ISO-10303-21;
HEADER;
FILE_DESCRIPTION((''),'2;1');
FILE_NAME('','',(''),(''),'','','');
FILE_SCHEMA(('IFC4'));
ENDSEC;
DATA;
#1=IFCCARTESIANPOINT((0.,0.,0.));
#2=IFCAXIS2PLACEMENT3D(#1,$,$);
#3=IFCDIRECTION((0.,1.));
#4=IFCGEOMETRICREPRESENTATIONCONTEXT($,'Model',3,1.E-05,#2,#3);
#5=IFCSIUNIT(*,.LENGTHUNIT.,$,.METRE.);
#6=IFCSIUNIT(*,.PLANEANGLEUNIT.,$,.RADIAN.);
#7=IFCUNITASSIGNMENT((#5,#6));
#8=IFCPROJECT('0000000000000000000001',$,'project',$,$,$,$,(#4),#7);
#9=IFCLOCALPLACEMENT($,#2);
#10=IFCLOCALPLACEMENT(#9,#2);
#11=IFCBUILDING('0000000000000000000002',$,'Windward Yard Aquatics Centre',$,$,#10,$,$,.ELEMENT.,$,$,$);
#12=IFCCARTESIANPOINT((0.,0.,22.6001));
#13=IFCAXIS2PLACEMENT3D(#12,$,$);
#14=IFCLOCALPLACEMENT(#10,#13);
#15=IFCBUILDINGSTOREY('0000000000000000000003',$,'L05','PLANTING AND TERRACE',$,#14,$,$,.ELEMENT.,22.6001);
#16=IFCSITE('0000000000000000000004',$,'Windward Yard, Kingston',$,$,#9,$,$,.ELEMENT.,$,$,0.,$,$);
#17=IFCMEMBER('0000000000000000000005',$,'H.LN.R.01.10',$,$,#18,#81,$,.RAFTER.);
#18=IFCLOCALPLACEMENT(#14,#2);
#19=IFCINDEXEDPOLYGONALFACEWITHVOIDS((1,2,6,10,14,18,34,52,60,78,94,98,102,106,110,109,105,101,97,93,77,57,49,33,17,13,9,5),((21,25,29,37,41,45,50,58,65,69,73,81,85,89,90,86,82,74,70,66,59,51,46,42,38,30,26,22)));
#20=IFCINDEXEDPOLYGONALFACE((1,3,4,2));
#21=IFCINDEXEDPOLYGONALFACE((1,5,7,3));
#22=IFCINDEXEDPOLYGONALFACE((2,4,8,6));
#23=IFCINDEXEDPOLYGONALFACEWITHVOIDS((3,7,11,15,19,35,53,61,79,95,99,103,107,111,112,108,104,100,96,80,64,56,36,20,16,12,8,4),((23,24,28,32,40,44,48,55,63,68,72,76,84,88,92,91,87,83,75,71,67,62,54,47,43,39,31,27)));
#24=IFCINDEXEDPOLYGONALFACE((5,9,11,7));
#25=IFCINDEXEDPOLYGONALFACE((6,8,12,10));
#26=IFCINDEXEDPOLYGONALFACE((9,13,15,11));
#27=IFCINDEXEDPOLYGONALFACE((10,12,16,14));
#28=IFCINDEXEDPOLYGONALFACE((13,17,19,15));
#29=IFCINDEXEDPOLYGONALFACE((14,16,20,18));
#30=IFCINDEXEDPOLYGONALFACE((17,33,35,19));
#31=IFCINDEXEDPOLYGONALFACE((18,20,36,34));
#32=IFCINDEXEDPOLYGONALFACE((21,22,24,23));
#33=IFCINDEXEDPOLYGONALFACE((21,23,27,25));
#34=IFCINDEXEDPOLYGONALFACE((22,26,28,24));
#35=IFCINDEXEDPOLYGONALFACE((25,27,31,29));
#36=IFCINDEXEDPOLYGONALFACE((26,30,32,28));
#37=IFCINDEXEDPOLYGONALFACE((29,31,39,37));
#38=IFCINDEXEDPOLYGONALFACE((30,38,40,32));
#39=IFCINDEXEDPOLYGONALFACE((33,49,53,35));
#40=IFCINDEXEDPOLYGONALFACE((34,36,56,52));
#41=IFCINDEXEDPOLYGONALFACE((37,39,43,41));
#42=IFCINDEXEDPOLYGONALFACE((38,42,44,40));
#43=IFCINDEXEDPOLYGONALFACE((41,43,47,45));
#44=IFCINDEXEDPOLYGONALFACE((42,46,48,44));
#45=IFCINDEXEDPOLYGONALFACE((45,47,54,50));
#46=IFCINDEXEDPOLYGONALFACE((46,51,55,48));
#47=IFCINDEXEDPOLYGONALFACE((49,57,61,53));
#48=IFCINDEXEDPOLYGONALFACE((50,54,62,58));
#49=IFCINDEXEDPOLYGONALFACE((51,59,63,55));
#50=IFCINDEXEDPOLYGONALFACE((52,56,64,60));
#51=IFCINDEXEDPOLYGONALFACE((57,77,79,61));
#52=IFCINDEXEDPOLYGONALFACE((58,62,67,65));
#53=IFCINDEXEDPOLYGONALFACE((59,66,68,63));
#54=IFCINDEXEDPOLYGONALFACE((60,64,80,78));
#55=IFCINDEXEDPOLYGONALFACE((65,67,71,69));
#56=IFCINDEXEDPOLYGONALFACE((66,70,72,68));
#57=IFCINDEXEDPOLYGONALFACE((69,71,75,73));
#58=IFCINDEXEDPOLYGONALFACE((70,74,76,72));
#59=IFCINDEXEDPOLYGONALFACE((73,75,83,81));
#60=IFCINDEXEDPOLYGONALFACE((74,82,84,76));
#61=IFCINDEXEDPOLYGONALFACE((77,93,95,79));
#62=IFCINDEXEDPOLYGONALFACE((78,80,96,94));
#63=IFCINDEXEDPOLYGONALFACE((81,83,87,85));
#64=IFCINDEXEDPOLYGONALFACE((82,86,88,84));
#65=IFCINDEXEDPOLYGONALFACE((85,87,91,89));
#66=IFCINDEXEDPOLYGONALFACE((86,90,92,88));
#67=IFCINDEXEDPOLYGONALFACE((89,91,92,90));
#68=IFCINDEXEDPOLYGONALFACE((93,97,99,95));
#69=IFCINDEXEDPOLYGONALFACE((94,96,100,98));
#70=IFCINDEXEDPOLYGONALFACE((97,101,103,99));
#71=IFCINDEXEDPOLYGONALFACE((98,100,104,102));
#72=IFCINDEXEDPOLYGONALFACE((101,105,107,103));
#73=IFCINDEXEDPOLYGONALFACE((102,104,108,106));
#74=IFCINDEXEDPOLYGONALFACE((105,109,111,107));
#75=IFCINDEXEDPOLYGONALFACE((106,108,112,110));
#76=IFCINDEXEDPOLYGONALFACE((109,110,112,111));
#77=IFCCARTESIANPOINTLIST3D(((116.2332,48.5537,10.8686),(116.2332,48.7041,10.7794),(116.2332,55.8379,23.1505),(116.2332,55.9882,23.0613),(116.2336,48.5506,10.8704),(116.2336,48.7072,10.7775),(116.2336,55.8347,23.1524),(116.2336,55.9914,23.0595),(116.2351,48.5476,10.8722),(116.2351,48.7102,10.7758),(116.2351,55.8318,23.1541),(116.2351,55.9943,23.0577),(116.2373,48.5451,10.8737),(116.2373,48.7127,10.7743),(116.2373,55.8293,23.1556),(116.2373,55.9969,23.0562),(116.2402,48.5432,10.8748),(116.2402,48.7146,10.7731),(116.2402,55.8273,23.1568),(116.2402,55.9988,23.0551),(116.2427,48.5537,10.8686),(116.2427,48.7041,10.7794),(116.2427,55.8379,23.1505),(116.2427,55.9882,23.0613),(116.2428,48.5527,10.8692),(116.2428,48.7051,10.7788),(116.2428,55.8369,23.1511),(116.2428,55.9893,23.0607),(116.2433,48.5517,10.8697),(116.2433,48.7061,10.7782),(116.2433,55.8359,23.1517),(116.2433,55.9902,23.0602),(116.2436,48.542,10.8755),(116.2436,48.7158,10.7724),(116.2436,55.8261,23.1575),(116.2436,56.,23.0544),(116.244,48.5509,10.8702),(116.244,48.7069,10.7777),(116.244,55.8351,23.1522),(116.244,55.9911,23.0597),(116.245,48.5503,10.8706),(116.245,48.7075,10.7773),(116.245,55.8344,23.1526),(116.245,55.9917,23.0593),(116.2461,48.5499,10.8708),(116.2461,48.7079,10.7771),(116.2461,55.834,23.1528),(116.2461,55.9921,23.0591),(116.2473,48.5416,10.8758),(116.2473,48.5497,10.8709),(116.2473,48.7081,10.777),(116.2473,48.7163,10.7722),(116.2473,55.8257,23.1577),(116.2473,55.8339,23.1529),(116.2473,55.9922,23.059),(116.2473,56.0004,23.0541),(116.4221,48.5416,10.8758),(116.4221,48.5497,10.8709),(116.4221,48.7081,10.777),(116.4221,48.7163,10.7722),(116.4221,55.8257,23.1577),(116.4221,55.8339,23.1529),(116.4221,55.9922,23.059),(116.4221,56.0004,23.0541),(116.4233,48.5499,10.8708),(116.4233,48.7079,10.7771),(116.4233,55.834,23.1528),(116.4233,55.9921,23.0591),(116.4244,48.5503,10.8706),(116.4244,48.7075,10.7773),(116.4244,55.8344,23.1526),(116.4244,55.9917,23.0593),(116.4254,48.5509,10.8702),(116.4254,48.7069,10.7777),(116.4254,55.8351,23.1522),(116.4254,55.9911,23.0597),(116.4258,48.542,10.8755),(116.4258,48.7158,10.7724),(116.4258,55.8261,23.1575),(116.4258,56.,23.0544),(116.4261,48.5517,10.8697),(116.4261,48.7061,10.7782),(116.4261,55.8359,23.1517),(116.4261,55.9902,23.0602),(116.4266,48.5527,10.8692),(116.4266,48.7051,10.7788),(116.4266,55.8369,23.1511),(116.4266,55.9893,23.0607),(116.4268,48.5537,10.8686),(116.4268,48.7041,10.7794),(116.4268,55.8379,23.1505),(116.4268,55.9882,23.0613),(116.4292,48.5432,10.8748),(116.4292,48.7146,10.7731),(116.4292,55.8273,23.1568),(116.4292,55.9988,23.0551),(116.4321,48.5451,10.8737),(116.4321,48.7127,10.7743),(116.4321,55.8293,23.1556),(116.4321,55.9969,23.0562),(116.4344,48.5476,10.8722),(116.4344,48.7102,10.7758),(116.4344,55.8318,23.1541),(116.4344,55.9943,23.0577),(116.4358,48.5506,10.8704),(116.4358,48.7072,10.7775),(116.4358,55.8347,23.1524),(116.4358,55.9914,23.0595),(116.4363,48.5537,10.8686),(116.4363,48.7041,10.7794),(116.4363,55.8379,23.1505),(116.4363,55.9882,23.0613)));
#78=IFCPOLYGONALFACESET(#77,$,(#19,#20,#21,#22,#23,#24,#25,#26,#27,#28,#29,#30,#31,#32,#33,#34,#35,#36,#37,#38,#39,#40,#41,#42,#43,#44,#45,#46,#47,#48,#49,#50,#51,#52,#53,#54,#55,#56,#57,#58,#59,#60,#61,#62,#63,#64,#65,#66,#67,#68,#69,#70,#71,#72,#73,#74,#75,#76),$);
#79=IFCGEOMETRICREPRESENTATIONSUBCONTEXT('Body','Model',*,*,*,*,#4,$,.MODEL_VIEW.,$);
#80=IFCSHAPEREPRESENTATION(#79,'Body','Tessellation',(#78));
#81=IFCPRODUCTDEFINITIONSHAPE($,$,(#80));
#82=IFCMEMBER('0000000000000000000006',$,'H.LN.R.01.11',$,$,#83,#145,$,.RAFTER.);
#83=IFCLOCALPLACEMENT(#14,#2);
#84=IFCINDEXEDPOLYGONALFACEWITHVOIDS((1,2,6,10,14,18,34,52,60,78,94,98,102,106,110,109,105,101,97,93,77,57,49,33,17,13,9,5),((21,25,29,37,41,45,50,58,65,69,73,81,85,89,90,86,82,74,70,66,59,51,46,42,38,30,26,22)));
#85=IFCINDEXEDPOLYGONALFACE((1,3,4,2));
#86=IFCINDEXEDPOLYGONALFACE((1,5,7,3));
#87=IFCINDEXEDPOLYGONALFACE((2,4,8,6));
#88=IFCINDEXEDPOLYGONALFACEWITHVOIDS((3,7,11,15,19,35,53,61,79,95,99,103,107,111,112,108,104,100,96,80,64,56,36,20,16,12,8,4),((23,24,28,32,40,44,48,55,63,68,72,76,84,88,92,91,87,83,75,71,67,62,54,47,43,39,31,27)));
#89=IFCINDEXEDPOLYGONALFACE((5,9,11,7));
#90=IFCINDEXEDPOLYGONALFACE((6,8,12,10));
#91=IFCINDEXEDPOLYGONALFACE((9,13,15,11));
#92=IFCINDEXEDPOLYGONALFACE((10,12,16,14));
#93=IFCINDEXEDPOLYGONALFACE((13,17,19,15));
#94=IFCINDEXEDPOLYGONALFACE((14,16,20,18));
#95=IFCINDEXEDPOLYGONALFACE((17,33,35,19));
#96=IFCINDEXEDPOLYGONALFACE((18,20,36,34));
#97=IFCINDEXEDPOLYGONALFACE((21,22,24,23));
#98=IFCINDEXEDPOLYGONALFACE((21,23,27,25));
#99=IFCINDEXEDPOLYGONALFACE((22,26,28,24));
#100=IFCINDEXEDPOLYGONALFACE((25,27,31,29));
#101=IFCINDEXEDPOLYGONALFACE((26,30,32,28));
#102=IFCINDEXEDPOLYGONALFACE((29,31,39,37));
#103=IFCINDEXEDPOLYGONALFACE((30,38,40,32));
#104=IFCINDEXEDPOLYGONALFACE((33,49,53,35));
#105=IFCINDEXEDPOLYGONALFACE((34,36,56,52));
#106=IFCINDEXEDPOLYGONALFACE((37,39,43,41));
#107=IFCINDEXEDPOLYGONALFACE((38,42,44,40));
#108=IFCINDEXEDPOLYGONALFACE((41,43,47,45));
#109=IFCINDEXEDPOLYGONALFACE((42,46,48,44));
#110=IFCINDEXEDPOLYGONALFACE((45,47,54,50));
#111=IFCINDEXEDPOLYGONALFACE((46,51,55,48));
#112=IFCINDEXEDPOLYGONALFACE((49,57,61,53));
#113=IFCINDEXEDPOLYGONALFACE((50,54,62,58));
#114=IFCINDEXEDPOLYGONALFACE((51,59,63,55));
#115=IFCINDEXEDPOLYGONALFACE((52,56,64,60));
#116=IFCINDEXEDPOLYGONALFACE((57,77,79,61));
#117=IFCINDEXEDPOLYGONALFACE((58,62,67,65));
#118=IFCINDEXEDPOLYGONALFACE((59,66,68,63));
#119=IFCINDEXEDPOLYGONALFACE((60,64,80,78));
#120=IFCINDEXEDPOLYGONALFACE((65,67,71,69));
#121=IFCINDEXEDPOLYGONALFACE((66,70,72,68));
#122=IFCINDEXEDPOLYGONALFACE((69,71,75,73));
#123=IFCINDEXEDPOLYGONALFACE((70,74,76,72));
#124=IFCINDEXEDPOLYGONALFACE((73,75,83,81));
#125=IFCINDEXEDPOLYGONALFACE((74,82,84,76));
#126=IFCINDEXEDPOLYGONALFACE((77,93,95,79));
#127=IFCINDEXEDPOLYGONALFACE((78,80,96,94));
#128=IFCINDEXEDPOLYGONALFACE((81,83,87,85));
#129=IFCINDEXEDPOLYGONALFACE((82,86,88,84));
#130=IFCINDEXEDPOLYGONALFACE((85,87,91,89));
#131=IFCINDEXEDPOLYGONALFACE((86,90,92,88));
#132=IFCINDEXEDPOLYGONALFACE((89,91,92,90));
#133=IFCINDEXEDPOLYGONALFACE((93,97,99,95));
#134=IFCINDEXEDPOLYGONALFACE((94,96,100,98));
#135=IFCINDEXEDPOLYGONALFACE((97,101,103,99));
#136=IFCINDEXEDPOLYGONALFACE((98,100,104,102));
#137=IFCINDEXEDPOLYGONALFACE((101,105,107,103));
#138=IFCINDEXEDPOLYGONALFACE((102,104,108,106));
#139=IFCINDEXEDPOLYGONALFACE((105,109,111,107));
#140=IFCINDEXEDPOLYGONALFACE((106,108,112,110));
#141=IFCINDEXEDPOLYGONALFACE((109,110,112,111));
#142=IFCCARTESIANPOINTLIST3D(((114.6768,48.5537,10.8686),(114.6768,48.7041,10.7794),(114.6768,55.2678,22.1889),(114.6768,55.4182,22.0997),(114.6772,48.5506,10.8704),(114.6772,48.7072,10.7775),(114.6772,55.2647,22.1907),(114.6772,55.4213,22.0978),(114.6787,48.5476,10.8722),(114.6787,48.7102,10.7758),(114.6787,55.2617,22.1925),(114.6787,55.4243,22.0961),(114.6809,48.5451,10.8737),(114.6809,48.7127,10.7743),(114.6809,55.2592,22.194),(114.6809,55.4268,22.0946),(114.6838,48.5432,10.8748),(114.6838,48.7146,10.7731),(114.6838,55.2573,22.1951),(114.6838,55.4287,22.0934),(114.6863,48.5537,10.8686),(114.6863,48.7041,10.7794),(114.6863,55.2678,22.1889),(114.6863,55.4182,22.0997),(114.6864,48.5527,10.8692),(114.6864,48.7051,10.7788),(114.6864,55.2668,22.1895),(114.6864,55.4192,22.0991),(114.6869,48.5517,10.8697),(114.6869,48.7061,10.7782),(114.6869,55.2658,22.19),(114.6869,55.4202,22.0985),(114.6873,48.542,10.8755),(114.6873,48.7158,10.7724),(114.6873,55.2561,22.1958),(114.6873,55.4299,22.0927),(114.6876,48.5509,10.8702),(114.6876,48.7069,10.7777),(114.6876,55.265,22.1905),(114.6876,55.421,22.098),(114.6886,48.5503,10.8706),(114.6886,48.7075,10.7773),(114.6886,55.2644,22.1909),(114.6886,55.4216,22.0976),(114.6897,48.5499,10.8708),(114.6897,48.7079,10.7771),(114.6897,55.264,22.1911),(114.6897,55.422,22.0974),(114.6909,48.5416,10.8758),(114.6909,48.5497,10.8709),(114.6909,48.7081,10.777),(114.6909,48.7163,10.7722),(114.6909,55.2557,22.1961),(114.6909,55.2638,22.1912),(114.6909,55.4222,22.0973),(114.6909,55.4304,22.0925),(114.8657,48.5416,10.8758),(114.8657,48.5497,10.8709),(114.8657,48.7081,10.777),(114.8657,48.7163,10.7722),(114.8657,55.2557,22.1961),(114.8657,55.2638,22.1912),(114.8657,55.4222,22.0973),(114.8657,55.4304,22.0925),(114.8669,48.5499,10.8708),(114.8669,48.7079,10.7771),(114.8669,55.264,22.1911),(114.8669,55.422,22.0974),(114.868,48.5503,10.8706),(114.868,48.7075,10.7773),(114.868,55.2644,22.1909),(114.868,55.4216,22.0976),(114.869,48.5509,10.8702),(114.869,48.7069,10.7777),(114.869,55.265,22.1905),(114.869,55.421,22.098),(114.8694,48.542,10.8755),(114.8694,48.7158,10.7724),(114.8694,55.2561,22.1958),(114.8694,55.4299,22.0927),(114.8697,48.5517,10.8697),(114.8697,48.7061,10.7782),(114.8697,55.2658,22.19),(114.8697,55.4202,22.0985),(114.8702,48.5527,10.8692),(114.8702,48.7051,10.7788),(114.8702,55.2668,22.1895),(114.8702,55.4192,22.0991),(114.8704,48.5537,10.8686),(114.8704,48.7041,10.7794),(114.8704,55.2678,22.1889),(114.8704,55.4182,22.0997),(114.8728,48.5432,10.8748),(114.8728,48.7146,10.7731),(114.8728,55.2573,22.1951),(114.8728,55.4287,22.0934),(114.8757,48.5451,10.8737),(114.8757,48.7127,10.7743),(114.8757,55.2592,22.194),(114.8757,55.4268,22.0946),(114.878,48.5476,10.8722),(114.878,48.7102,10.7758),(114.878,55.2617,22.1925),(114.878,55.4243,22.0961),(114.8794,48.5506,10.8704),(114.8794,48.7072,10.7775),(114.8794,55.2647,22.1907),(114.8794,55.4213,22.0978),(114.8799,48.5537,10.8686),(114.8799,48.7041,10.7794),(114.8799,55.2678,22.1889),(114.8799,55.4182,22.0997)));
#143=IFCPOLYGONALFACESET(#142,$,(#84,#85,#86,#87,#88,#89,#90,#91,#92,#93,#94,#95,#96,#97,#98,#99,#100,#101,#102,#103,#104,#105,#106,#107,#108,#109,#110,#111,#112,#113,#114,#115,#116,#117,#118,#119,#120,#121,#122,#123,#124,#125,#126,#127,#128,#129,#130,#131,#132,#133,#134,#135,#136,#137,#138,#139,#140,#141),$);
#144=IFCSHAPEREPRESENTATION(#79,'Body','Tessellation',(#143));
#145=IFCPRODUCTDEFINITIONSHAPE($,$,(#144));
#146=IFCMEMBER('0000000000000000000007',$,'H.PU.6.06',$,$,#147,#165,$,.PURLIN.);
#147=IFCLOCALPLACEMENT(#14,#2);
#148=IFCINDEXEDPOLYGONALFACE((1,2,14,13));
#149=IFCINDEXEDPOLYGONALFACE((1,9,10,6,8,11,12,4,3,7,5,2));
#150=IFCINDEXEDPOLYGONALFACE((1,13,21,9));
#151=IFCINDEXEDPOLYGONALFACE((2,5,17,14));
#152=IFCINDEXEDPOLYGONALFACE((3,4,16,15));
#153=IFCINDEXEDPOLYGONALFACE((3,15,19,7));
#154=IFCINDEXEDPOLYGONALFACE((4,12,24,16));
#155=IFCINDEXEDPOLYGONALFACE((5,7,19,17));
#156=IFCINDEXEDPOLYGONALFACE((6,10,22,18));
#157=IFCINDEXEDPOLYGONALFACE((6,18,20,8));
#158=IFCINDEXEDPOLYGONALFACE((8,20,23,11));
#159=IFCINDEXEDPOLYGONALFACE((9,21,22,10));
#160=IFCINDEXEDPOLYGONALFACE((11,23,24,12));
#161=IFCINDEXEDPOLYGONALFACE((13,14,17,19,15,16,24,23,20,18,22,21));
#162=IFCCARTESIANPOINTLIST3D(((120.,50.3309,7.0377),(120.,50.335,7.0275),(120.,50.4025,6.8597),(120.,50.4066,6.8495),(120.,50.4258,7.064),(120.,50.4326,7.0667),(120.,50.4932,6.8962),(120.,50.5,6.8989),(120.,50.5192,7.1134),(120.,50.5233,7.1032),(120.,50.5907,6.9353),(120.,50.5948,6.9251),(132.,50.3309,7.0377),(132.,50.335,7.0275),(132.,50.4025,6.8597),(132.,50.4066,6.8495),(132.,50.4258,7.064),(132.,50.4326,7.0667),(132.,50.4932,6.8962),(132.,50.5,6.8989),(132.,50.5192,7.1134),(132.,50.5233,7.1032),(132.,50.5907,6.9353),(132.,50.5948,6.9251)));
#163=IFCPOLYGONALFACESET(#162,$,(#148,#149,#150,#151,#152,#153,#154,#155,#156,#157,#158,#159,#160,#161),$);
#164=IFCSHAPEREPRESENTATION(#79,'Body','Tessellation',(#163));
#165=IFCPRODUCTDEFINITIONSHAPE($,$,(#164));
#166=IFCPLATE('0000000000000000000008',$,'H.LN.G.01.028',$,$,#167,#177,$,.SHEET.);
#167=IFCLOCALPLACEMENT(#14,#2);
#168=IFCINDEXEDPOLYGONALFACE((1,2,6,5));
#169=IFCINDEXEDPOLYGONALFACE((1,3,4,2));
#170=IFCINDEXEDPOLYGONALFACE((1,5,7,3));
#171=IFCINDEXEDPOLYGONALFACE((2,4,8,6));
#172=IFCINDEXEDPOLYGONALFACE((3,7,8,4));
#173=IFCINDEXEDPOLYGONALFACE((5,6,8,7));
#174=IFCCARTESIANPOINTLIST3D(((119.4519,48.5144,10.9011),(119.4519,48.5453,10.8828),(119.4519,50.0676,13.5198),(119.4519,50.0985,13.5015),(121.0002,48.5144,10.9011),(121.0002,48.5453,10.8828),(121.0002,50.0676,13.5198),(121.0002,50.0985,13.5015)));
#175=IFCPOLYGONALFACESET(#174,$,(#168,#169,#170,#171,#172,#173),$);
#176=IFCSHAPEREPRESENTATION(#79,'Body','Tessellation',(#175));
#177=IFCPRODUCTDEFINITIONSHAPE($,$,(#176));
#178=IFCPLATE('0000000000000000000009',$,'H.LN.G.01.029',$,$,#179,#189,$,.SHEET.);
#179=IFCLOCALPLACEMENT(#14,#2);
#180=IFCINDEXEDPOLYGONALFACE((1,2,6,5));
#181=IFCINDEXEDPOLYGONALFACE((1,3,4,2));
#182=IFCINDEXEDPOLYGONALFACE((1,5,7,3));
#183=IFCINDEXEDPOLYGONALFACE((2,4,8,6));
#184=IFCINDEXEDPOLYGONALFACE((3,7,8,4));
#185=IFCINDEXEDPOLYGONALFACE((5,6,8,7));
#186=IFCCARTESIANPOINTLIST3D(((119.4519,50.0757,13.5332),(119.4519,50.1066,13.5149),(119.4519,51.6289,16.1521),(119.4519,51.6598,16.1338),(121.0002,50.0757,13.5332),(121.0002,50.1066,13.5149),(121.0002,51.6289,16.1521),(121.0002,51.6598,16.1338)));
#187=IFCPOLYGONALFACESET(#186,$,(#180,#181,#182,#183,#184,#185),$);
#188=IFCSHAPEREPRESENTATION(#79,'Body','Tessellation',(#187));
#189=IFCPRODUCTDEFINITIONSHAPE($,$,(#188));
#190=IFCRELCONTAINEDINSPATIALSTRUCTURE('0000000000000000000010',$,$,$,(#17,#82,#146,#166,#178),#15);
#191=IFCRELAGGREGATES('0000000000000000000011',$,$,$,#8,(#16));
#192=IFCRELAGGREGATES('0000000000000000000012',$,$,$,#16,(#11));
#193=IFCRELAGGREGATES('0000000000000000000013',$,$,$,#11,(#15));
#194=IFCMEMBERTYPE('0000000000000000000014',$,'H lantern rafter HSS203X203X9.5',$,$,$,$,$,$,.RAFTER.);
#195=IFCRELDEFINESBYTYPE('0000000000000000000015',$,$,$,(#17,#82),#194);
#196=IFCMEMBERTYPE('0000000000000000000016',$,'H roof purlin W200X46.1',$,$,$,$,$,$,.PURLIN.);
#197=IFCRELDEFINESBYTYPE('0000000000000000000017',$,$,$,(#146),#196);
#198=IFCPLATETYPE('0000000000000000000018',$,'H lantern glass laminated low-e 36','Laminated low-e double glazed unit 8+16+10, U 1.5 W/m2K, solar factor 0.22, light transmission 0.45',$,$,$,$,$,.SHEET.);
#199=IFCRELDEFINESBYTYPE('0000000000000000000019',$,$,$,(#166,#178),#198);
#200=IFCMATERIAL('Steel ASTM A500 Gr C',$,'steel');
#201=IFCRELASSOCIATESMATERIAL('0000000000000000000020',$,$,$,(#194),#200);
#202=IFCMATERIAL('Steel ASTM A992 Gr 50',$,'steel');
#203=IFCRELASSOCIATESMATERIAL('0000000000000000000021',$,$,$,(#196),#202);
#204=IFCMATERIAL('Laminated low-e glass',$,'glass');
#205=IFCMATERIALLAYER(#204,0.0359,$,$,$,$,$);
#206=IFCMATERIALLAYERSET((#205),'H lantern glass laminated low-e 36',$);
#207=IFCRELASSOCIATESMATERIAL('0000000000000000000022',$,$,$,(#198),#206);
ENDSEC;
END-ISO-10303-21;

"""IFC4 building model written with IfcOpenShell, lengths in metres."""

from ifc_helpers import new_model, si_unit, direction, frame, origin, origin_2d, place, context, subcontext, project, spatial, polyline, hollow_rectangle, i_section, outline, extrude, material, layer, layer_set, material_profile, profile_set, type_object, element, save


model = new_model("IFC4")

# Units and contexts
model_context = context("Model", 3, precision=1e-05, world=origin(), true_north=direction((0.0, 1.0)))
body_context = subcontext(model_context, "Body", "Model", "MODEL_VIEW")
ifc_project = project(units=[si_unit("LENGTHUNIT", "METRE"), si_unit("PLANEANGLEUNIT", "RADIAN")], contexts=[model_context])

# Site, building, storey
site_placement = place(None, origin())
site = spatial("IfcSite", under=ifc_project, at=site_placement, Name="Windward Yard, Kingston", CompositionType="ELEMENT", RefElevation=0.0)
building_placement = place(site_placement, origin())
building = spatial("IfcBuilding", under=site, at=building_placement, Name="Windward Yard Aquatics Centre", CompositionType="ELEMENT")
storey_placement = place(building_placement, frame((0.0, 0.0, 22.6001)))
storey = spatial("IfcBuildingStorey", under=building, at=storey_placement, Name="L05", Description="PLANTING AND TERRACE", CompositionType="ELEMENT", Elevation=22.6001)

# Members
ifc_material_1 = material(Name="Steel ASTM A500 Gr C", Category="steel")
ifc_material_profile_1 = material_profile(ifc_material_1, hollow_rectangle(XDim=0.2031, YDim=0.2031, WallThickness=0.0095, InnerFilletRadius=0.0046, OuterFilletRadius=0.0142, at=origin_2d()), Name="HSS203X203X9.5")
ifc_profile_set_1 = profile_set([ifc_material_profile_1], Name="Steel ASTM A500 Gr C")
member_type_1 = type_object("IfcMemberType", Name="H lantern rafter HSS203X203X9.5", PredefinedType="RAFTER", material=ifc_profile_set_1)
member_1_placement = place(storey_placement, frame((116.3347, 48.6289, 10.824), z_axis=(0.0, 0.510112, 0.860108), x_axis=(-1.0, 0.0, 0.0)))
element("IfcMember", 1, at=member_1_placement, inside=storey, type_object=member_type_1, Name="H.LN.R.01.10", PredefinedType="RAFTER", context=body_context, shape_type="SweptSolid", body=[
    extrude(hollow_rectangle(XDim=0.2031, YDim=0.2031, WallThickness=0.0095, InnerFilletRadius=0.0046, OuterFilletRadius=0.0142, at=origin_2d()), origin(), (0.0, 0.0, 1.0), 14.2795),
])
member_2_placement = place(storey_placement, frame((114.7783, 48.6289, 10.824), z_axis=(0.0, 0.510127, 0.860099), x_axis=(-1.0, 0.0, 0.0)))
element("IfcMember", 2, at=member_2_placement, inside=storey, type_object=member_type_1, Name="H.LN.R.01.11", PredefinedType="RAFTER", context=body_context, shape_type="SweptSolid", body=[
    extrude(hollow_rectangle(XDim=0.2031, YDim=0.2031, WallThickness=0.0095, InnerFilletRadius=0.0046, OuterFilletRadius=0.0142, at=origin_2d()), origin(), (0.0, 0.0, 1.0), 13.1616),
])
ifc_material_2 = material(Name="Steel ASTM A992 Gr 50", Category="steel")
ifc_material_profile_2 = material_profile(ifc_material_2, i_section(OverallWidth=0.2029, OverallDepth=0.2029, WebThickness=0.0073, FlangeThickness=0.011, at=origin_2d()), Name="W200X46.1")
ifc_profile_set_2 = profile_set([ifc_material_profile_2], Name="Steel ASTM A992 Gr 50")
member_type_2 = type_object("IfcMemberType", Name="H roof purlin W200X46.1", PredefinedType="PURLIN", material=ifc_profile_set_2)
member_3_placement = place(storey_placement, frame((120.0, 50.4629, 6.9814), z_axis=(1.0, 0.0, 0.0), x_axis=(0.0, 0.927869, 0.372907)))
element("IfcMember", 3, at=member_3_placement, inside=storey, type_object=member_type_2, Name="H.PU.6.06", PredefinedType="PURLIN", context=body_context, shape_type="SweptSolid", body=[
    extrude(i_section(OverallWidth=0.2029, OverallDepth=0.2029, WebThickness=0.0073, FlangeThickness=0.011, at=origin_2d()), origin(), (0.0, 0.0, 1.0), 12.0),
])

# Plates
ifc_material_3 = material(Name="Laminated low-e glass", Category="glass")
ifc_layer_1 = layer(ifc_material_3, 0.0359)
ifc_layer_set_1 = layer_set([ifc_layer_1], Name="H lantern glass laminated low-e 36")
plate_type = type_object("IfcPlateType", Name="H lantern glass laminated low-e 36", Description="Laminated low-e double glazed unit 8+16+10, U 1.5 W/m2K, solar factor 0.22, light transmission 0.45", PredefinedType="SHEET", material=ifc_layer_set_1)
plate_1_placement = place(storey_placement, frame((119.4519, 48.5144, 10.9011), z_axis=(0.0, -0.860086, 0.51015), x_axis=(0.0, 0.51015, 0.860086)))
element("IfcPlate", 4, at=plate_1_placement, inside=storey, type_object=plate_type, Name="H.LN.G.01.028", PredefinedType="SHEET", context=body_context, shape_type="SweptSolid", body=[
    extrude(outline(polyline([(0.0, 0.0), (3.0446, 0.0), (3.0446, -1.5483), (0.0, -1.5483), (0.0, 0.0)])), origin(), (0.0, 0.0, -1.0), 0.0359),
])
for number, where, z_axis, x_axis, name in (
    (5, (119.4519, 50.0757, 13.5332), (0.0, -0.860107, 0.510114), (0.0, 0.510114, 0.860107), "H.LN.G.01.029"),
):
    element("IfcPlate", number, at=place(storey_placement, frame(where, z_axis=z_axis, x_axis=x_axis)), inside=storey, type_object=plate_type, Name=name, PredefinedType="SHEET", context=body_context, shape_type="SweptSolid", body=[
        extrude(outline(polyline([(0.0, 0.0), (3.0449, 0.0), (3.0449, -1.5483), (0.0, -1.5483), (0.0, 0.0)])), origin(), (0.0, 0.0, -1.0), 0.0359),
    ])

save(model, "model.ifc")
